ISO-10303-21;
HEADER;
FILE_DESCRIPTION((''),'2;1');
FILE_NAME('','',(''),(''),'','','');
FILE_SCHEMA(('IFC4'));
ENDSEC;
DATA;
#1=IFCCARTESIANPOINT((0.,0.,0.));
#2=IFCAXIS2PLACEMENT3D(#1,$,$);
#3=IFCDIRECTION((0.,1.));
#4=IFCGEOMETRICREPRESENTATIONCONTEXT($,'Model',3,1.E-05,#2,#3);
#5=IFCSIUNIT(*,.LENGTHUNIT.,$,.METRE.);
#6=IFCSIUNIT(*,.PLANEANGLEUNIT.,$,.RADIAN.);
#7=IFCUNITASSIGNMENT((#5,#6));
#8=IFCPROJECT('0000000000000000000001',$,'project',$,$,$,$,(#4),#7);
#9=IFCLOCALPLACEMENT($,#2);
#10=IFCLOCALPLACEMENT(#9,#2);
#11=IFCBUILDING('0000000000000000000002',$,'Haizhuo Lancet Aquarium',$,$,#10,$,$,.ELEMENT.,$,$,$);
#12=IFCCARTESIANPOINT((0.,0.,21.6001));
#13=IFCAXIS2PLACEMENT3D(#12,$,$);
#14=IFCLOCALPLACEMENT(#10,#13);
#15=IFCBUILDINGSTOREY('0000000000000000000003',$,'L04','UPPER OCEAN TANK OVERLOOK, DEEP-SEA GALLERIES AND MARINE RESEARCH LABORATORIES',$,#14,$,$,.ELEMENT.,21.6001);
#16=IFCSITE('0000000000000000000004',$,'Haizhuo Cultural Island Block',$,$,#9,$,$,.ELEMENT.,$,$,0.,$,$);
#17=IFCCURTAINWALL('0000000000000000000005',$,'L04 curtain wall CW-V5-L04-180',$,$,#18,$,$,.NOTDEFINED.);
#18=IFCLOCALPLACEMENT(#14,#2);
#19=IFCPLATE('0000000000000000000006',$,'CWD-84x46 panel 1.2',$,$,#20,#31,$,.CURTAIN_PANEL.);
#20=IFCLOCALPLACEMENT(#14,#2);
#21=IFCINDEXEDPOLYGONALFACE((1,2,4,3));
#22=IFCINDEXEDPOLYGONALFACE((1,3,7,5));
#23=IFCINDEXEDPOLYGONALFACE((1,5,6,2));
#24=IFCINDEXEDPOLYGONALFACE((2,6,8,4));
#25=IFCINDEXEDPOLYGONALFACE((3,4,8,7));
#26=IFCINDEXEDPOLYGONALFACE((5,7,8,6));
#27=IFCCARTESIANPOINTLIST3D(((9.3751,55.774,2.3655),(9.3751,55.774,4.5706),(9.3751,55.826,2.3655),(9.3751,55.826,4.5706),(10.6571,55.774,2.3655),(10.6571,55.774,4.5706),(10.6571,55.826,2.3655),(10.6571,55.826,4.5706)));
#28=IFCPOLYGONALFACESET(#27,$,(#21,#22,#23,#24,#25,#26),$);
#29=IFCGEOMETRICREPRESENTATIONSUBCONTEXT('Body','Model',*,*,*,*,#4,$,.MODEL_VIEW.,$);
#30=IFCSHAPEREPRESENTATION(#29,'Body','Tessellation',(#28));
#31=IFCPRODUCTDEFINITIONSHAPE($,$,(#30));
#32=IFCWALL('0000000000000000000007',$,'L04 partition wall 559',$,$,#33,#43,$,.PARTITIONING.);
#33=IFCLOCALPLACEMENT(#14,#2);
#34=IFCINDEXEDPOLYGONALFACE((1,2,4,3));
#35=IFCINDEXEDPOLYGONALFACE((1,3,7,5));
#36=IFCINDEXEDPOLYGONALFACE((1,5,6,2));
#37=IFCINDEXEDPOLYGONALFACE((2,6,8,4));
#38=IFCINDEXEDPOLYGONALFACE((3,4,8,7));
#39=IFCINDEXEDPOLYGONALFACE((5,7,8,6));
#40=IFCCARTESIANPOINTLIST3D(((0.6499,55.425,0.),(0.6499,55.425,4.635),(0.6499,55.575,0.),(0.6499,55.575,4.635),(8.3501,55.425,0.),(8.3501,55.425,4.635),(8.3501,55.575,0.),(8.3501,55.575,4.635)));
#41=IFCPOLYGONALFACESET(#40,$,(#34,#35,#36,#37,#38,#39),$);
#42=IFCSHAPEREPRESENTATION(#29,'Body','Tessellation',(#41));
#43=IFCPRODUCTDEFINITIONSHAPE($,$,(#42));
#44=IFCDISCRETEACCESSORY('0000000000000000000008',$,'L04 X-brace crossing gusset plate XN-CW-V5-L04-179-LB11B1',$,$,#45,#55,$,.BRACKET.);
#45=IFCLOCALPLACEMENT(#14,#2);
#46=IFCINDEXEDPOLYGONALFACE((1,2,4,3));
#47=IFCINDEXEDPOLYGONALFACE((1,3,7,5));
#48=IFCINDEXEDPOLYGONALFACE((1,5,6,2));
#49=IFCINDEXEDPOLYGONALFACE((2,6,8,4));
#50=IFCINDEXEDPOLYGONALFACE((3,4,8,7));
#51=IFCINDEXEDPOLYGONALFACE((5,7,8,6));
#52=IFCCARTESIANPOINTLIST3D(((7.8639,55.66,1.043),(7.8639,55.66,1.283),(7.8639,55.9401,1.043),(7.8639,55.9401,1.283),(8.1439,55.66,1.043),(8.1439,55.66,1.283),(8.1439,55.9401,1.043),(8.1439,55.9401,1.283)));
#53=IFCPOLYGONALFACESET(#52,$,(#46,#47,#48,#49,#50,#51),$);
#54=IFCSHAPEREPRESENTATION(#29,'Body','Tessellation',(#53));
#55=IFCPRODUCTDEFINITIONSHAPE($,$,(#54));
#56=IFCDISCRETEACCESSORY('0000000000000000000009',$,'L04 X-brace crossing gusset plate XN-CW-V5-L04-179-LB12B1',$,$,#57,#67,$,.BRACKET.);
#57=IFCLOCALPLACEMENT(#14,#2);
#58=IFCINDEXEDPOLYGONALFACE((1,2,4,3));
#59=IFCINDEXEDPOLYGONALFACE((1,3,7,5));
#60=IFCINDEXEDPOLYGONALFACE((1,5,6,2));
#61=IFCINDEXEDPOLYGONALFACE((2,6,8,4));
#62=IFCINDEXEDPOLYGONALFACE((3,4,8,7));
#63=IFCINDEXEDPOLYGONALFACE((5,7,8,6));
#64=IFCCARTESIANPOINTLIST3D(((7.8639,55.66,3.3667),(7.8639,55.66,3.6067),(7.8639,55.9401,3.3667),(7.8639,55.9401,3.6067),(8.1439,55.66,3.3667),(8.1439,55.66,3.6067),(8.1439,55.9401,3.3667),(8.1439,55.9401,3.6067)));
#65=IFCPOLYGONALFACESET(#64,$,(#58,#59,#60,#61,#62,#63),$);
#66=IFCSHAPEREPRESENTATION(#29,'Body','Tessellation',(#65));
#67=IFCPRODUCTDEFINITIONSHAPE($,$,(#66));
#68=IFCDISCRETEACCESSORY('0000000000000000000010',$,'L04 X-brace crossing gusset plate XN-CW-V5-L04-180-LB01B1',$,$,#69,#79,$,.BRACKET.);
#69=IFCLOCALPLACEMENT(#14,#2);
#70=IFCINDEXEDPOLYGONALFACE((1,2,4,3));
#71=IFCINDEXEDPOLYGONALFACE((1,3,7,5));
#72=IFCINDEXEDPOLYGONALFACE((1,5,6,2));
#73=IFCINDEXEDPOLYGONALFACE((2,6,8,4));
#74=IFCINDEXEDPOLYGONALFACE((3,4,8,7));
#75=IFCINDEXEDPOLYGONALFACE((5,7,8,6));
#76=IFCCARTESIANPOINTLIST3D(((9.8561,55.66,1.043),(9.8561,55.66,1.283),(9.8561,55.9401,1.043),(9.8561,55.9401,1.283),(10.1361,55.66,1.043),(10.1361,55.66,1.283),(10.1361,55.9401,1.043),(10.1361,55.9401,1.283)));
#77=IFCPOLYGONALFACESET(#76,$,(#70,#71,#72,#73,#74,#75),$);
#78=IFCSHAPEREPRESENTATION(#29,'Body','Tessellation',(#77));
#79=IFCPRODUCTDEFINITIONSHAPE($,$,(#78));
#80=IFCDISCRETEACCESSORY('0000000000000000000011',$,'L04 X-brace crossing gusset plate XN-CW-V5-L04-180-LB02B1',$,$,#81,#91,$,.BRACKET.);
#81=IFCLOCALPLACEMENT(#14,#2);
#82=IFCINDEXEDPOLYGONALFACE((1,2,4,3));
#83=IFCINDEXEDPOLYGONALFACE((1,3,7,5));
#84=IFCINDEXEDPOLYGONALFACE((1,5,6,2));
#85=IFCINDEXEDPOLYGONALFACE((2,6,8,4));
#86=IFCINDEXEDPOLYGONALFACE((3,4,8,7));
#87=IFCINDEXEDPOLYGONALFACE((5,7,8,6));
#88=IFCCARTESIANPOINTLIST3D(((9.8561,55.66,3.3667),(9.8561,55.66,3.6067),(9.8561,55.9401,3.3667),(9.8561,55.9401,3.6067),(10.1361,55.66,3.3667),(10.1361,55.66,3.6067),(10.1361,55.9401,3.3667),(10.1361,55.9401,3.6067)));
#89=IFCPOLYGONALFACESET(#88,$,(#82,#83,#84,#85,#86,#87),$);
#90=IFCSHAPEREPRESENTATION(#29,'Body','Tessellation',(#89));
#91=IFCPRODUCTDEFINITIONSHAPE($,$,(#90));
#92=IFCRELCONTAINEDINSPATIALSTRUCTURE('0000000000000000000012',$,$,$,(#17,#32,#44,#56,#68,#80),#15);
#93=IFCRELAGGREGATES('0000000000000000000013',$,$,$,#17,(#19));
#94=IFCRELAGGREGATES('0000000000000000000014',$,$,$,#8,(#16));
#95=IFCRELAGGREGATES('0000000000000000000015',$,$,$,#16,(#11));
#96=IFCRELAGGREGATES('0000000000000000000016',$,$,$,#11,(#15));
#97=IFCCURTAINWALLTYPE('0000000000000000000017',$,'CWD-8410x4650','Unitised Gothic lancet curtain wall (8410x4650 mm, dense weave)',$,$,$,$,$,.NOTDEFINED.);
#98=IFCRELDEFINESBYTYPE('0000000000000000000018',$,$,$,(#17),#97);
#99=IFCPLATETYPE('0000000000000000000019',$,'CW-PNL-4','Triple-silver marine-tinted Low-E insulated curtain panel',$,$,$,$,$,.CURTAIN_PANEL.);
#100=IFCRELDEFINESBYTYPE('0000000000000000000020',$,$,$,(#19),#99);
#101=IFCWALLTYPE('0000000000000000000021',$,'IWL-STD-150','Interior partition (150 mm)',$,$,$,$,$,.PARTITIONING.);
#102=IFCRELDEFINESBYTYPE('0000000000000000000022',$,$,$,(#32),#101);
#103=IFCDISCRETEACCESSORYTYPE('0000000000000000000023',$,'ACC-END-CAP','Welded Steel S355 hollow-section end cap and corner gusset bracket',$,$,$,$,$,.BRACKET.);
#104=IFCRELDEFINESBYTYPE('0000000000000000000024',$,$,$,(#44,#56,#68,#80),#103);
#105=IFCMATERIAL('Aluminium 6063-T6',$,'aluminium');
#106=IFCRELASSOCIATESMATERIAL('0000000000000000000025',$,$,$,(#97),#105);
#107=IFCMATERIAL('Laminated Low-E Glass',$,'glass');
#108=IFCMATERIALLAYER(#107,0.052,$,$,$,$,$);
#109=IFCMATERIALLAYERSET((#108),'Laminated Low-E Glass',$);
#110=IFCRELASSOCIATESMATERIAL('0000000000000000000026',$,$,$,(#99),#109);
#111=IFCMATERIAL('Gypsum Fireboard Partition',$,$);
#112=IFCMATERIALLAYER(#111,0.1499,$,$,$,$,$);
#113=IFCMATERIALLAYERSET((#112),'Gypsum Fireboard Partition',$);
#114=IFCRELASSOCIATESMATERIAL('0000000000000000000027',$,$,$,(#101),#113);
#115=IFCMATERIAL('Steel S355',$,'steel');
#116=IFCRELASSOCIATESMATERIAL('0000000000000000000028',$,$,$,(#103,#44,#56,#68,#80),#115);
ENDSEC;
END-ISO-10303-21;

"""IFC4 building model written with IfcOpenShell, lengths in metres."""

from ifc_helpers import new_model, si_unit, direction, frame, frame_2d, origin, origin_2d, place, context, subcontext, project, spatial, rectangle, extrude, material, layer, layer_set, type_object, element, aggregate, save


model = new_model("IFC4")

# Units and contexts
model_context = context("Model", 3, precision=1e-05, world=origin(), true_north=direction((0.0, 1.0)))
body_context = subcontext(model_context, "Body", "Model", "MODEL_VIEW")
ifc_project = project(units=[si_unit("LENGTHUNIT", "METRE"), si_unit("PLANEANGLEUNIT", "RADIAN")], contexts=[model_context])

# Site, building, storey
site_placement = place(None, origin())
site = spatial("IfcSite", under=ifc_project, at=site_placement, Name="Haizhuo Cultural Island Block", CompositionType="ELEMENT", RefElevation=0.0)
building_placement = place(site_placement, origin())
building = spatial("IfcBuilding", under=site, at=building_placement, Name="Haizhuo Lancet Aquarium", CompositionType="ELEMENT")
storey_placement = place(building_placement, frame((0.0, 0.0, 21.6001)))
storey = spatial("IfcBuildingStorey", under=building, at=storey_placement, Name="L04", Description="UPPER OCEAN TANK OVERLOOK, DEEP-SEA GALLERIES AND MARINE RESEARCH LABORATORIES", CompositionType="ELEMENT", Elevation=21.6001)

# Curtain wall
ifc_material_1 = material(Name="Aluminium 6063-T6", Category="aluminium")
curtain_wall_type = type_object("IfcCurtainWallType", Name="CWD-8410x4650", Description="Unitised Gothic lancet curtain wall (8410x4650 mm, dense weave)", PredefinedType="NOTDEFINED", material=ifc_material_1)
curtain_wall_1_placement = place(storey_placement, origin())
curtain_wall_1 = element("IfcCurtainWall", 1, at=curtain_wall_1_placement, inside=storey, type_object=curtain_wall_type, Name="L04 curtain wall CW-V5-L04-180", PredefinedType="NOTDEFINED")

# Shared definitions
ifc_material_2 = material(Name="Steel S355", Category="steel")

# Plate
ifc_material_3 = material(Name="Laminated Low-E Glass", Category="glass")
ifc_layer_1 = layer(ifc_material_3, 0.052)
ifc_layer_set_1 = layer_set([ifc_layer_1], Name="Laminated Low-E Glass")
plate_type_1 = type_object("IfcPlateType", Name="CW-PNL-4", Description="Triple-silver marine-tinted Low-E insulated curtain panel", PredefinedType="CURTAIN_PANEL", material=ifc_layer_set_1)
plate_1_placement = place(storey_placement, frame((10.0161, 55.8, 2.3655), z_axis=(0.0, 0.0, 1.0), x_axis=(1.0, 0.0, 0.0)))
plate_1 = element("IfcPlate", 2, at=plate_1_placement, type_object=plate_type_1, Name="CWD-84x46 panel 1.2", PredefinedType="CURTAIN_PANEL", context=body_context, shape_type="SweptSolid", body=[
    extrude(rectangle(XDim=1.282, YDim=0.052, at=origin_2d()), origin(), (0.0, 0.0, 1.0), 2.2051),
])
aggregate(curtain_wall_1, [plate_1])

# Wall
ifc_material_4 = material(Name="Gypsum Fireboard Partition")
ifc_layer_2 = layer(ifc_material_4, 0.1499)
ifc_layer_set_2 = layer_set([ifc_layer_2], Name="Gypsum Fireboard Partition")
wall_type = type_object("IfcWallType", Name="IWL-STD-150", Description="Interior partition (150 mm)", PredefinedType="PARTITIONING", material=ifc_layer_set_2)
wall_placement = place(storey_placement, frame((8.3501, 55.5, 0.0), z_axis=(0.0, 0.0, 1.0), x_axis=(-1.0, 0.0, 0.0)))
element("IfcWall", 3, at=wall_placement, inside=storey, type_object=wall_type, Name="L04 partition wall 559", PredefinedType="PARTITIONING", context=body_context, shape_type="SweptSolid", body=[
    extrude(rectangle(XDim=7.7002, YDim=0.1499, at=frame_2d((3.8501, 0.0))), origin(), (0.0, 0.0, 1.0), 4.635),
])

# Discrete accessories
discrete_accessory_type = type_object("IfcDiscreteAccessoryType", Name="ACC-END-CAP", Description="Welded Steel S355 hollow-section end cap and corner gusset bracket", PredefinedType="BRACKET", material=ifc_material_2)
for number, where, z_axis, x_axis, name in (
    (4, (8.0039, 55.8, 1.043), (0.0, 0.0, 1.0), (1.0, 0.0, 0.0), "L04 X-brace crossing gusset plate XN-CW-V5-L04-179-LB11B1"),
    (5, (8.0039, 55.8, 3.3667), (0.0, 0.0, 1.0), (1.0, 0.0, 0.0), "L04 X-brace crossing gusset plate XN-CW-V5-L04-179-LB12B1"),
    (6, (9.9961, 55.8, 1.043), (0.0, 0.0, 1.0), (1.0, 0.0, 0.0), "L04 X-brace crossing gusset plate XN-CW-V5-L04-180-LB01B1"),
    (7, (9.9961, 55.8, 3.3667), (0.0, 0.0, 1.0), (1.0, 0.0, 0.0), "L04 X-brace crossing gusset plate XN-CW-V5-L04-180-LB02B1"),
):
    element("IfcDiscreteAccessory", number, at=place(storey_placement, frame(where, z_axis=z_axis, x_axis=x_axis)), inside=storey, type_object=discrete_accessory_type, material=ifc_material_2, Name=name, PredefinedType="BRACKET", context=body_context, shape_type="SweptSolid", body=[
        extrude(rectangle(XDim=0.28, YDim=0.28, at=origin_2d()), origin(), (0.0, 0.0, 1.0), 0.24),
    ])

save(model, "model.ifc")
